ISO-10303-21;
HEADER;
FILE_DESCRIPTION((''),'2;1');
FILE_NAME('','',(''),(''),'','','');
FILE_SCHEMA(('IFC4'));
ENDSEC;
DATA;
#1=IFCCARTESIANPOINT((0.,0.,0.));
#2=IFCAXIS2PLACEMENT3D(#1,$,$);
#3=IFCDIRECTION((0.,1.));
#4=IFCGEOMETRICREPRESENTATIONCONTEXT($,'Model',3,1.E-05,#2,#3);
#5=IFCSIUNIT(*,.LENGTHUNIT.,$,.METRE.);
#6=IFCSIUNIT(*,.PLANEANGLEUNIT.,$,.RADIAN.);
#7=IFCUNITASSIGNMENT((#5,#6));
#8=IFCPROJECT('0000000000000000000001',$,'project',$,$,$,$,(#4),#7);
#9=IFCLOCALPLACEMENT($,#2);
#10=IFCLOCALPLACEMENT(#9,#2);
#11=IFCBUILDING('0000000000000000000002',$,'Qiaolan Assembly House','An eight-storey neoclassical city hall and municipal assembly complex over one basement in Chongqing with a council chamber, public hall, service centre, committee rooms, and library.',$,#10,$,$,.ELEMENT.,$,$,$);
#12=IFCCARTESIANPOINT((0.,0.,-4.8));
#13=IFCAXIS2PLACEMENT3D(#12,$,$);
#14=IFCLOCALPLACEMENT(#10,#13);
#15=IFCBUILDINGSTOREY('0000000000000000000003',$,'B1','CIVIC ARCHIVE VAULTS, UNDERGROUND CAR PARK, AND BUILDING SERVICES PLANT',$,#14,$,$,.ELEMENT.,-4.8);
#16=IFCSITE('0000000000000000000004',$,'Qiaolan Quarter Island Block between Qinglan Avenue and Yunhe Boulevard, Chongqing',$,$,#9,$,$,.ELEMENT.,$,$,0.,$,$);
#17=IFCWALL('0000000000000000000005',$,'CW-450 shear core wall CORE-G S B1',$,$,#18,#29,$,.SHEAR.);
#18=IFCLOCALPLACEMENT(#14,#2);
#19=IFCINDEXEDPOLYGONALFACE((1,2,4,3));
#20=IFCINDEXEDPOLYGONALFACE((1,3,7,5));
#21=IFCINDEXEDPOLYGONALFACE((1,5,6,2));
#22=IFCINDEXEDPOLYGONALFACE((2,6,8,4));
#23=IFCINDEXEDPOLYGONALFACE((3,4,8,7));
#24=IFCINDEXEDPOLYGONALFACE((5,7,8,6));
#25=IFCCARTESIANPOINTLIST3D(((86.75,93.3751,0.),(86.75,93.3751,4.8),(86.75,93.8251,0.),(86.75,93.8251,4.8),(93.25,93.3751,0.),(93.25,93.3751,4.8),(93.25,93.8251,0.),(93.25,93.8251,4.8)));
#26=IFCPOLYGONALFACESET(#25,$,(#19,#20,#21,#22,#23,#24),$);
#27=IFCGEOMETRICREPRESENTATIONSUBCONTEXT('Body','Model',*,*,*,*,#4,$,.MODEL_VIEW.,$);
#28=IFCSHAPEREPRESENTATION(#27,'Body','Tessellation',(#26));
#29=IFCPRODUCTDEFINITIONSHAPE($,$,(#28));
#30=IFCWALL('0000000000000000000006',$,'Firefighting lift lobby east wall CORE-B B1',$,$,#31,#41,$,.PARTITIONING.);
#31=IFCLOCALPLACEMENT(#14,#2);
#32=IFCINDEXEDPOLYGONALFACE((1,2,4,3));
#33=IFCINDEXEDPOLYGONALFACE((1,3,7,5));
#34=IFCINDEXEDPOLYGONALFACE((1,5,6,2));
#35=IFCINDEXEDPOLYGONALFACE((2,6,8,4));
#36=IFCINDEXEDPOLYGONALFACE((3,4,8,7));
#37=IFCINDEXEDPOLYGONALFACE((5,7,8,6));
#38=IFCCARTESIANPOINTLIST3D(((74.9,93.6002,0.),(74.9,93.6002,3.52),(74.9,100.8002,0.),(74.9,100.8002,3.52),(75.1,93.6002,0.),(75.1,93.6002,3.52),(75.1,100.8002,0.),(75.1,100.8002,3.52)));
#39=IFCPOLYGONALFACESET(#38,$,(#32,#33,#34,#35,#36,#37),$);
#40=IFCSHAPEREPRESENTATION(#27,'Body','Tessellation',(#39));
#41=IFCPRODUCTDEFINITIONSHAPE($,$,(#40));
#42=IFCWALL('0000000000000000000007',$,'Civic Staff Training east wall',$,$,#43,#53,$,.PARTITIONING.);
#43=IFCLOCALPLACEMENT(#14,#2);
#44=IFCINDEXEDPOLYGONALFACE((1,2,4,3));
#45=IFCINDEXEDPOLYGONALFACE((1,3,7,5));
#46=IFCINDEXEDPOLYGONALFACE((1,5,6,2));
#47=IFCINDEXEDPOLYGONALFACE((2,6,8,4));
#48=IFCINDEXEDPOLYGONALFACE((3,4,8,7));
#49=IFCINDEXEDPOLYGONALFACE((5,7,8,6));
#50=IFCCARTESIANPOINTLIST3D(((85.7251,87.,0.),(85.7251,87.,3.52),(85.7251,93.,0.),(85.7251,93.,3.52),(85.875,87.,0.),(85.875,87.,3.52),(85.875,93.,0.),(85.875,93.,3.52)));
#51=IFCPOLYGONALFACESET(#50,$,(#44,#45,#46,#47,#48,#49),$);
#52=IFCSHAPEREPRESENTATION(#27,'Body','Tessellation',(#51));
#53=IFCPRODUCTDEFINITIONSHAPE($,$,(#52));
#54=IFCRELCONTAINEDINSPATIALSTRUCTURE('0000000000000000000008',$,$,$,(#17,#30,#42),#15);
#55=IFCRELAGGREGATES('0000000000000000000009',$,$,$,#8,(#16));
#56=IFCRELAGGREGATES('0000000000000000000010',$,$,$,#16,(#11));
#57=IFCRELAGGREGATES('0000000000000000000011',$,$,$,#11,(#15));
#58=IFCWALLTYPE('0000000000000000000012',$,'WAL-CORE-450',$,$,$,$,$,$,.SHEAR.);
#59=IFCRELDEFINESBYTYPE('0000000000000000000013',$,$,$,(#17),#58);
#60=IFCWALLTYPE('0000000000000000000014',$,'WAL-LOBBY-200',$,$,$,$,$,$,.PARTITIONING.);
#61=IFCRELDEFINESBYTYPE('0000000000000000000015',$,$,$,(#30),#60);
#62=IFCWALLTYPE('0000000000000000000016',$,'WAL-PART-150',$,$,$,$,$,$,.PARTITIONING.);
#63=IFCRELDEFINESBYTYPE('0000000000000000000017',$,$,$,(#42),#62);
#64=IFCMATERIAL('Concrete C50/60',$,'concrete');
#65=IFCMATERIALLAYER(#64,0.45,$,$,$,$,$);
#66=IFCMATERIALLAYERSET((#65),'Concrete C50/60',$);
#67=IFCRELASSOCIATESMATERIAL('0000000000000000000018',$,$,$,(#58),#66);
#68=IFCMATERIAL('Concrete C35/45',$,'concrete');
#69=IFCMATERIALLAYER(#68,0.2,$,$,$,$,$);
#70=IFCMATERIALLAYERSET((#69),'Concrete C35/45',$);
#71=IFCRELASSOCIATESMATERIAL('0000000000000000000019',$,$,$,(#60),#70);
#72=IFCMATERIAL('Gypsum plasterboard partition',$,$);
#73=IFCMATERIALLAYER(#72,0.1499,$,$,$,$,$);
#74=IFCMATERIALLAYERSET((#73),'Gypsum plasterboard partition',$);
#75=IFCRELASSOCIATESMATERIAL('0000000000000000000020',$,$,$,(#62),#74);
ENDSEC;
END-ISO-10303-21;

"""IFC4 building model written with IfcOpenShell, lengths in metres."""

from ifc_helpers import new_model, si_unit, direction, frame, frame_2d, origin, place, context, subcontext, project, spatial, rectangle, extrude, material, layer, layer_set, type_object, element, save


model = new_model("IFC4")

# Units and contexts
model_context = context("Model", 3, precision=1e-05, world=origin(), true_north=direction((0.0, 1.0)))
body_context = subcontext(model_context, "Body", "Model", "MODEL_VIEW")
ifc_project = project(units=[si_unit("LENGTHUNIT", "METRE"), si_unit("PLANEANGLEUNIT", "RADIAN")], contexts=[model_context])

# Site, building, storey
site_placement = place(None, origin())
site = spatial("IfcSite", under=ifc_project, at=site_placement, Name="Qiaolan Quarter Island Block between Qinglan Avenue and Yunhe Boulevard, Chongqing", CompositionType="ELEMENT", RefElevation=0.0)
building_placement = place(site_placement, origin())
building = spatial("IfcBuilding", under=site, at=building_placement, Name="Qiaolan Assembly House", Description="An eight-storey neoclassical city hall and municipal assembly complex over one basement in Chongqing with a council chamber, public hall, service centre, committee rooms, and library.", CompositionType="ELEMENT")
storey_placement = place(building_placement, frame((0.0, 0.0, -4.8)))
storey = spatial("IfcBuildingStorey", under=building, at=storey_placement, Name="B1", Description="CIVIC ARCHIVE VAULTS, UNDERGROUND CAR PARK, AND BUILDING SERVICES PLANT", CompositionType="ELEMENT", Elevation=-4.8)

# Shared definitions
ifc_material_1 = material(Name="Concrete C50/60", Category="concrete")

# Walls
ifc_layer_1 = layer(ifc_material_1, 0.45)
ifc_layer_set_1 = layer_set([ifc_layer_1], Name="Concrete C50/60")
wall_type_1 = type_object("IfcWallType", Name="WAL-CORE-450", PredefinedType="SHEAR", material=ifc_layer_set_1)
wall_1_placement = place(storey_placement, frame((86.75, 93.6001, 0.0), z_axis=(0.0, 0.0, 1.0), x_axis=(1.0, 0.0, 0.0)))
element("IfcWall", 1, at=wall_1_placement, inside=storey, type_object=wall_type_1, Name="CW-450 shear core wall CORE-G S B1", PredefinedType="SHEAR", context=body_context, shape_type="SweptSolid", body=[
    extrude(rectangle(XDim=6.5, YDim=0.45, at=frame_2d((3.25, 0.0))), origin(), (0.0, 0.0, 1.0), 4.8),
])
ifc_material_2 = material(Name="Concrete C35/45", Category="concrete")
ifc_layer_2 = layer(ifc_material_2, 0.2)
ifc_layer_set_2 = layer_set([ifc_layer_2], Name="Concrete C35/45")
wall_type_2 = type_object("IfcWallType", Name="WAL-LOBBY-200", PredefinedType="PARTITIONING", material=ifc_layer_set_2)
wall_2_placement = place(storey_placement, frame((75.0, 93.6001, 0.0), z_axis=(0.0, 0.0, 1.0), x_axis=(0.0, 1.0, 0.0)))
element("IfcWall", 2, at=wall_2_placement, inside=storey, type_object=wall_type_2, Name="Firefighting lift lobby east wall CORE-B B1", PredefinedType="PARTITIONING", context=body_context, shape_type="SweptSolid", body=[
    extrude(rectangle(XDim=7.2, YDim=0.2, at=frame_2d((3.6001, 0.0))), origin(), (0.0, 0.0, 1.0), 3.52),
])
ifc_material_3 = material(Name="Gypsum plasterboard partition")
ifc_layer_3 = layer(ifc_material_3, 0.1499)
ifc_layer_set_3 = layer_set([ifc_layer_3], Name="Gypsum plasterboard partition")
wall_type_3 = type_object("IfcWallType", Name="WAL-PART-150", PredefinedType="PARTITIONING", material=ifc_layer_set_3)
wall_3_placement = place(storey_placement, frame((85.8, 87.0, 0.0), z_axis=(0.0, 0.0, 1.0), x_axis=(0.0, 1.0, 0.0)))
element("IfcWall", 3, at=wall_3_placement, inside=storey, type_object=wall_type_3, Name="Civic Staff Training east wall", PredefinedType="PARTITIONING", context=body_context, shape_type="SweptSolid", body=[
    extrude(rectangle(XDim=6.0, YDim=0.1499, at=frame_2d((3.0, 0.0))), origin(), (0.0, 0.0, 1.0), 3.52),
])

save(model, "model.ifc")
